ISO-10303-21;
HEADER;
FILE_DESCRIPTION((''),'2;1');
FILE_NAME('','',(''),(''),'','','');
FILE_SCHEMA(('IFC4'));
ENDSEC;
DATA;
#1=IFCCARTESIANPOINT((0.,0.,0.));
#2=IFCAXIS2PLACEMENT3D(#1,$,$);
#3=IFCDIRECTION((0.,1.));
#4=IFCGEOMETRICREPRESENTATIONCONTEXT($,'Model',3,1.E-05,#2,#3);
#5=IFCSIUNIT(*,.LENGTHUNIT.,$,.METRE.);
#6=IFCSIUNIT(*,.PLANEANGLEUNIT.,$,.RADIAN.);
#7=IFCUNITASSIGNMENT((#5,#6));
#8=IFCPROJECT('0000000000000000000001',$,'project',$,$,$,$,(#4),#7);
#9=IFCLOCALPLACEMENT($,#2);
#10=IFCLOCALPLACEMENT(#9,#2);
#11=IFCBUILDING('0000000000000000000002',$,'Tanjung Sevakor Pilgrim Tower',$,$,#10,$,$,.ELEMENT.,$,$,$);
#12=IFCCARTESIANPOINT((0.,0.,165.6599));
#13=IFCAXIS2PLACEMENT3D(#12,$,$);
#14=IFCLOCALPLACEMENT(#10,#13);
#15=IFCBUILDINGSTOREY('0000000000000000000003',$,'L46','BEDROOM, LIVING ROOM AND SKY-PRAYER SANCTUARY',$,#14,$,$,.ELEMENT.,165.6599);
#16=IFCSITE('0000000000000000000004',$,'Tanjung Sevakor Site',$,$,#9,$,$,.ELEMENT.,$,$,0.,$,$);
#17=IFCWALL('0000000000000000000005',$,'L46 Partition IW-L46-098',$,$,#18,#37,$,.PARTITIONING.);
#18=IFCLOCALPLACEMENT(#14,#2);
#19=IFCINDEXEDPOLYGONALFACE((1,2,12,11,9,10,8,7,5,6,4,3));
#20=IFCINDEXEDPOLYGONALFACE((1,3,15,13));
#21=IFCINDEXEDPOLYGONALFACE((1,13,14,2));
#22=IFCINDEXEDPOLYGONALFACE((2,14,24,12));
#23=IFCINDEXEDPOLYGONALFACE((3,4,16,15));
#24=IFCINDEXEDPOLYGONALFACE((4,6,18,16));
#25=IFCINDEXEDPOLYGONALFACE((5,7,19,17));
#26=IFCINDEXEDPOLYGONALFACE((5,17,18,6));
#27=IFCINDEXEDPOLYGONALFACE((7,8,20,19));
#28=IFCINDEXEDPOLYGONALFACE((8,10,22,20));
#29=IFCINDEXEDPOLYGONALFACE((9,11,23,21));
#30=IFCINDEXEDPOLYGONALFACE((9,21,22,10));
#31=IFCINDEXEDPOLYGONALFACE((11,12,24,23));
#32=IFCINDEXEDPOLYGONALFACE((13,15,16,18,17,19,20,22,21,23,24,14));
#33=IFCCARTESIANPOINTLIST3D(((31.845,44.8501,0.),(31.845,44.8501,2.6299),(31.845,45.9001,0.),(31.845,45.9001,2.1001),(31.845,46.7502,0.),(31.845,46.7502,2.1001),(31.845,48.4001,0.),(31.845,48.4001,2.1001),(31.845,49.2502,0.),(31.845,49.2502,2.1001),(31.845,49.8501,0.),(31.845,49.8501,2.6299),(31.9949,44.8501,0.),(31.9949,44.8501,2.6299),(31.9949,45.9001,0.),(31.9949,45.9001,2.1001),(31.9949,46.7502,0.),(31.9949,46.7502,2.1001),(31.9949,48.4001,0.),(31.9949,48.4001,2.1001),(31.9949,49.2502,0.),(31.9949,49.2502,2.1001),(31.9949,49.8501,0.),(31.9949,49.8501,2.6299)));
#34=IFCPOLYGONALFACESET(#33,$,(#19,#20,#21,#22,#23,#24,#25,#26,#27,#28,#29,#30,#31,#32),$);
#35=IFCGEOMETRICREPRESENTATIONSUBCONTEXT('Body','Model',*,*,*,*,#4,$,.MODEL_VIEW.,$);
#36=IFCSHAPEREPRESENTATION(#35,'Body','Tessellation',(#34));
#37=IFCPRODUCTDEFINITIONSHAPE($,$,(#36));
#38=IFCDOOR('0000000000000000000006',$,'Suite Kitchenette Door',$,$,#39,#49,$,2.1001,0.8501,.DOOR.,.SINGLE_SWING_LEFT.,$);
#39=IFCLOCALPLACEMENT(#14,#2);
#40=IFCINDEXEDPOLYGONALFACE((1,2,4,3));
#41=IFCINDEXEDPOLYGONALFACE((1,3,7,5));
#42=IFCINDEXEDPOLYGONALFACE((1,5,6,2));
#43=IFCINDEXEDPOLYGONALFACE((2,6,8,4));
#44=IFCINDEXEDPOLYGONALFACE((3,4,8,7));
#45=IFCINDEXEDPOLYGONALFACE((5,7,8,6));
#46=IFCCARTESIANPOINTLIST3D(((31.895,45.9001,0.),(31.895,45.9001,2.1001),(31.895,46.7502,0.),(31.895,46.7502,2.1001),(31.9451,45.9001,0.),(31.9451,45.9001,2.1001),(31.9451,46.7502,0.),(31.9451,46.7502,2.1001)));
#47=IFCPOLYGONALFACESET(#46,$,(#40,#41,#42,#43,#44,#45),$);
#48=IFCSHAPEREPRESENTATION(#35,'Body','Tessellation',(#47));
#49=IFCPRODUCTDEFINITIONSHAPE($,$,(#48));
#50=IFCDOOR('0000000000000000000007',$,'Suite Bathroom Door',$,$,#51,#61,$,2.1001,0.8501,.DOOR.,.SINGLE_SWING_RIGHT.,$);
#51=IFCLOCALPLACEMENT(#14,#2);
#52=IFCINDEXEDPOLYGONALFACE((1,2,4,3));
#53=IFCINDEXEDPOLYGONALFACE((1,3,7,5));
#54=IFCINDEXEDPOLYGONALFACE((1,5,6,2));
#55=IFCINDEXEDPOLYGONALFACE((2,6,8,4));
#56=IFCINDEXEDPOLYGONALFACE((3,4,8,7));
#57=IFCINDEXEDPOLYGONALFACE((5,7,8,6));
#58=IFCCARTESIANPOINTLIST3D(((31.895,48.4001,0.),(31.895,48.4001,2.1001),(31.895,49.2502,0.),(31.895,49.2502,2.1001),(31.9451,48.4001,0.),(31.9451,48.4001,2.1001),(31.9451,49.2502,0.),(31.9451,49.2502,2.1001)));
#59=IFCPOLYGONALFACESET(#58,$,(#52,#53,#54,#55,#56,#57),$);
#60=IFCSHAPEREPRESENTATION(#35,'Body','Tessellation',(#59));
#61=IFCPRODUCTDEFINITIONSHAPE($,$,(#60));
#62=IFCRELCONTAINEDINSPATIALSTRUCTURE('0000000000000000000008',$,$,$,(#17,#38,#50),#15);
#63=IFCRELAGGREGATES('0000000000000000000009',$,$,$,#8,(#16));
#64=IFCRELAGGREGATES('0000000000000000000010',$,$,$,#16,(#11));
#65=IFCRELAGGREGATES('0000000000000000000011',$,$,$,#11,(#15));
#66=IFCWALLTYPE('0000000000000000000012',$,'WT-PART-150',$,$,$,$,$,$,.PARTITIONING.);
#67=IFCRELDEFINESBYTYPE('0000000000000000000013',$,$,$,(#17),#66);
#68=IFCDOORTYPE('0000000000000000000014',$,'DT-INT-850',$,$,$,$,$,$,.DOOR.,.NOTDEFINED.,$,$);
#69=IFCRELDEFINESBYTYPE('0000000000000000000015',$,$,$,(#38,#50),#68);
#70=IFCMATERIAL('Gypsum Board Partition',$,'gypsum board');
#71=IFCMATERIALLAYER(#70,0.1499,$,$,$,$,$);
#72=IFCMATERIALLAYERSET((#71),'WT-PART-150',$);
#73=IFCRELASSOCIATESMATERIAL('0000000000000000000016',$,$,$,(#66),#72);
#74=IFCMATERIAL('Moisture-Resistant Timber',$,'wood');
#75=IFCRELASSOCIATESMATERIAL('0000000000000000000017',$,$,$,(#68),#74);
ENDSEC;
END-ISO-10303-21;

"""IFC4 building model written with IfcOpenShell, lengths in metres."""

from ifc_helpers import new_model, si_unit, direction, frame, frame_2d, origin, place, context, subcontext, project, spatial, rectangle, extrude, material, layer, layer_set, type_object, element, fill, save


model = new_model("IFC4")

# Units and contexts
model_context = context("Model", 3, precision=1e-05, world=origin(), true_north=direction((0.0, 1.0)))
body_context = subcontext(model_context, "Body", "Model", "MODEL_VIEW")
ifc_project = project(units=[si_unit("LENGTHUNIT", "METRE"), si_unit("PLANEANGLEUNIT", "RADIAN")], contexts=[model_context])

# Site, building, storey
site_placement = place(None, origin())
site = spatial("IfcSite", under=ifc_project, at=site_placement, Name="Tanjung Sevakor Site", CompositionType="ELEMENT", RefElevation=0.0)
building_placement = place(site_placement, origin())
building = spatial("IfcBuilding", under=site, at=building_placement, Name="Tanjung Sevakor Pilgrim Tower", CompositionType="ELEMENT")
storey_placement = place(building_placement, frame((0.0, 0.0, 165.6599)))
storey = spatial("IfcBuildingStorey", under=building, at=storey_placement, Name="L46", Description="BEDROOM, LIVING ROOM AND SKY-PRAYER SANCTUARY", CompositionType="ELEMENT", Elevation=165.6599)

# Wall, openings, doors
ifc_material_1 = material(Name="Gypsum Board Partition", Category="gypsum board")
ifc_layer_1 = layer(ifc_material_1, 0.1499)
ifc_layer_set_1 = layer_set([ifc_layer_1], Name="WT-PART-150")
wall_type_1 = type_object("IfcWallType", Name="WT-PART-150", PredefinedType="PARTITIONING", material=ifc_layer_set_1)
wall_1_placement = place(storey_placement, frame((31.9199, 44.8501, 0.0), z_axis=(0.0, 0.0, 1.0), x_axis=(0.0, 1.0, 0.0)))
wall_1 = element("IfcWall", 1, at=wall_1_placement, inside=storey, type_object=wall_type_1, Name="L46 Partition IW-L46-098", PredefinedType="PARTITIONING", context=body_context, shape_type="SweptSolid", body=[
    extrude(rectangle(XDim=5.0, YDim=0.1499, at=frame_2d((2.5, 0.0))), origin(), (0.0, 0.0, 1.0), 2.6299),
])
opening_1_placement = place(wall_1_placement, frame((1.05, 0.0, 0.0)))
opening_1 = element("IfcOpeningElement", 2, at=opening_1_placement, cuts=wall_1, PredefinedType="OPENING", context=body_context, shape_type="SweptSolid", body=[
    extrude(rectangle(XDim=0.8501, YDim=2.1001, at=frame_2d((0.425, 1.05))), frame((0.0, 0.085, 0.0), z_axis=(0.0, -1.0, 0.0), x_axis=(1.0, 0.0, 0.0)), (0.0, 0.0, 1.0), 0.1699),
])
opening_2_placement = place(wall_1_placement, frame((3.55, 0.0, 0.0)))
opening_2 = element("IfcOpeningElement", 3, at=opening_2_placement, cuts=wall_1, PredefinedType="OPENING", context=body_context, shape_type="SweptSolid", body=[
    extrude(rectangle(XDim=0.8501, YDim=2.1001, at=frame_2d((0.425, 1.05))), frame((0.0, 0.085, 0.0), z_axis=(0.0, -1.0, 0.0), x_axis=(1.0, 0.0, 0.0)), (0.0, 0.0, 1.0), 0.1699),
])
ifc_material_2 = material(Name="Moisture-Resistant Timber", Category="wood")
door_type_1 = type_object("IfcDoorType", Name="DT-INT-850", OperationType="NOTDEFINED", PredefinedType="DOOR", material=ifc_material_2)
door_1_placement = place(opening_1_placement, origin())
door_1 = element("IfcDoor", 4, at=door_1_placement, inside=storey, type_object=door_type_1, Name="Suite Kitchenette Door", OperationType="SINGLE_SWING_LEFT", OverallHeight=2.1001, OverallWidth=0.8501, PredefinedType="DOOR", context=body_context, shape_type="SweptSolid", body=[
    extrude(rectangle(XDim=0.8501, YDim=2.1001, at=frame_2d((0.425, 1.05))), frame((0.0, 0.0249, 0.0), z_axis=(0.0, -1.0, 0.0), x_axis=(1.0, 0.0, 0.0)), (0.0, 0.0, 1.0), 0.05),
])
fill(opening_1, door_1)
door_2_placement = place(opening_2_placement, origin())
door_2 = element("IfcDoor", 5, at=door_2_placement, inside=storey, type_object=door_type_1, Name="Suite Bathroom Door", OperationType="SINGLE_SWING_RIGHT", OverallHeight=2.1001, OverallWidth=0.8501, PredefinedType="DOOR", context=body_context, shape_type="SweptSolid", body=[
    extrude(rectangle(XDim=0.8501, YDim=2.1001, at=frame_2d((0.425, 1.05))), frame((0.0, 0.0249, 0.0), z_axis=(0.0, -1.0, 0.0), x_axis=(1.0, 0.0, 0.0)), (0.0, 0.0, 1.0), 0.05),
])
fill(opening_2, door_2)

save(model, "model.ifc")
